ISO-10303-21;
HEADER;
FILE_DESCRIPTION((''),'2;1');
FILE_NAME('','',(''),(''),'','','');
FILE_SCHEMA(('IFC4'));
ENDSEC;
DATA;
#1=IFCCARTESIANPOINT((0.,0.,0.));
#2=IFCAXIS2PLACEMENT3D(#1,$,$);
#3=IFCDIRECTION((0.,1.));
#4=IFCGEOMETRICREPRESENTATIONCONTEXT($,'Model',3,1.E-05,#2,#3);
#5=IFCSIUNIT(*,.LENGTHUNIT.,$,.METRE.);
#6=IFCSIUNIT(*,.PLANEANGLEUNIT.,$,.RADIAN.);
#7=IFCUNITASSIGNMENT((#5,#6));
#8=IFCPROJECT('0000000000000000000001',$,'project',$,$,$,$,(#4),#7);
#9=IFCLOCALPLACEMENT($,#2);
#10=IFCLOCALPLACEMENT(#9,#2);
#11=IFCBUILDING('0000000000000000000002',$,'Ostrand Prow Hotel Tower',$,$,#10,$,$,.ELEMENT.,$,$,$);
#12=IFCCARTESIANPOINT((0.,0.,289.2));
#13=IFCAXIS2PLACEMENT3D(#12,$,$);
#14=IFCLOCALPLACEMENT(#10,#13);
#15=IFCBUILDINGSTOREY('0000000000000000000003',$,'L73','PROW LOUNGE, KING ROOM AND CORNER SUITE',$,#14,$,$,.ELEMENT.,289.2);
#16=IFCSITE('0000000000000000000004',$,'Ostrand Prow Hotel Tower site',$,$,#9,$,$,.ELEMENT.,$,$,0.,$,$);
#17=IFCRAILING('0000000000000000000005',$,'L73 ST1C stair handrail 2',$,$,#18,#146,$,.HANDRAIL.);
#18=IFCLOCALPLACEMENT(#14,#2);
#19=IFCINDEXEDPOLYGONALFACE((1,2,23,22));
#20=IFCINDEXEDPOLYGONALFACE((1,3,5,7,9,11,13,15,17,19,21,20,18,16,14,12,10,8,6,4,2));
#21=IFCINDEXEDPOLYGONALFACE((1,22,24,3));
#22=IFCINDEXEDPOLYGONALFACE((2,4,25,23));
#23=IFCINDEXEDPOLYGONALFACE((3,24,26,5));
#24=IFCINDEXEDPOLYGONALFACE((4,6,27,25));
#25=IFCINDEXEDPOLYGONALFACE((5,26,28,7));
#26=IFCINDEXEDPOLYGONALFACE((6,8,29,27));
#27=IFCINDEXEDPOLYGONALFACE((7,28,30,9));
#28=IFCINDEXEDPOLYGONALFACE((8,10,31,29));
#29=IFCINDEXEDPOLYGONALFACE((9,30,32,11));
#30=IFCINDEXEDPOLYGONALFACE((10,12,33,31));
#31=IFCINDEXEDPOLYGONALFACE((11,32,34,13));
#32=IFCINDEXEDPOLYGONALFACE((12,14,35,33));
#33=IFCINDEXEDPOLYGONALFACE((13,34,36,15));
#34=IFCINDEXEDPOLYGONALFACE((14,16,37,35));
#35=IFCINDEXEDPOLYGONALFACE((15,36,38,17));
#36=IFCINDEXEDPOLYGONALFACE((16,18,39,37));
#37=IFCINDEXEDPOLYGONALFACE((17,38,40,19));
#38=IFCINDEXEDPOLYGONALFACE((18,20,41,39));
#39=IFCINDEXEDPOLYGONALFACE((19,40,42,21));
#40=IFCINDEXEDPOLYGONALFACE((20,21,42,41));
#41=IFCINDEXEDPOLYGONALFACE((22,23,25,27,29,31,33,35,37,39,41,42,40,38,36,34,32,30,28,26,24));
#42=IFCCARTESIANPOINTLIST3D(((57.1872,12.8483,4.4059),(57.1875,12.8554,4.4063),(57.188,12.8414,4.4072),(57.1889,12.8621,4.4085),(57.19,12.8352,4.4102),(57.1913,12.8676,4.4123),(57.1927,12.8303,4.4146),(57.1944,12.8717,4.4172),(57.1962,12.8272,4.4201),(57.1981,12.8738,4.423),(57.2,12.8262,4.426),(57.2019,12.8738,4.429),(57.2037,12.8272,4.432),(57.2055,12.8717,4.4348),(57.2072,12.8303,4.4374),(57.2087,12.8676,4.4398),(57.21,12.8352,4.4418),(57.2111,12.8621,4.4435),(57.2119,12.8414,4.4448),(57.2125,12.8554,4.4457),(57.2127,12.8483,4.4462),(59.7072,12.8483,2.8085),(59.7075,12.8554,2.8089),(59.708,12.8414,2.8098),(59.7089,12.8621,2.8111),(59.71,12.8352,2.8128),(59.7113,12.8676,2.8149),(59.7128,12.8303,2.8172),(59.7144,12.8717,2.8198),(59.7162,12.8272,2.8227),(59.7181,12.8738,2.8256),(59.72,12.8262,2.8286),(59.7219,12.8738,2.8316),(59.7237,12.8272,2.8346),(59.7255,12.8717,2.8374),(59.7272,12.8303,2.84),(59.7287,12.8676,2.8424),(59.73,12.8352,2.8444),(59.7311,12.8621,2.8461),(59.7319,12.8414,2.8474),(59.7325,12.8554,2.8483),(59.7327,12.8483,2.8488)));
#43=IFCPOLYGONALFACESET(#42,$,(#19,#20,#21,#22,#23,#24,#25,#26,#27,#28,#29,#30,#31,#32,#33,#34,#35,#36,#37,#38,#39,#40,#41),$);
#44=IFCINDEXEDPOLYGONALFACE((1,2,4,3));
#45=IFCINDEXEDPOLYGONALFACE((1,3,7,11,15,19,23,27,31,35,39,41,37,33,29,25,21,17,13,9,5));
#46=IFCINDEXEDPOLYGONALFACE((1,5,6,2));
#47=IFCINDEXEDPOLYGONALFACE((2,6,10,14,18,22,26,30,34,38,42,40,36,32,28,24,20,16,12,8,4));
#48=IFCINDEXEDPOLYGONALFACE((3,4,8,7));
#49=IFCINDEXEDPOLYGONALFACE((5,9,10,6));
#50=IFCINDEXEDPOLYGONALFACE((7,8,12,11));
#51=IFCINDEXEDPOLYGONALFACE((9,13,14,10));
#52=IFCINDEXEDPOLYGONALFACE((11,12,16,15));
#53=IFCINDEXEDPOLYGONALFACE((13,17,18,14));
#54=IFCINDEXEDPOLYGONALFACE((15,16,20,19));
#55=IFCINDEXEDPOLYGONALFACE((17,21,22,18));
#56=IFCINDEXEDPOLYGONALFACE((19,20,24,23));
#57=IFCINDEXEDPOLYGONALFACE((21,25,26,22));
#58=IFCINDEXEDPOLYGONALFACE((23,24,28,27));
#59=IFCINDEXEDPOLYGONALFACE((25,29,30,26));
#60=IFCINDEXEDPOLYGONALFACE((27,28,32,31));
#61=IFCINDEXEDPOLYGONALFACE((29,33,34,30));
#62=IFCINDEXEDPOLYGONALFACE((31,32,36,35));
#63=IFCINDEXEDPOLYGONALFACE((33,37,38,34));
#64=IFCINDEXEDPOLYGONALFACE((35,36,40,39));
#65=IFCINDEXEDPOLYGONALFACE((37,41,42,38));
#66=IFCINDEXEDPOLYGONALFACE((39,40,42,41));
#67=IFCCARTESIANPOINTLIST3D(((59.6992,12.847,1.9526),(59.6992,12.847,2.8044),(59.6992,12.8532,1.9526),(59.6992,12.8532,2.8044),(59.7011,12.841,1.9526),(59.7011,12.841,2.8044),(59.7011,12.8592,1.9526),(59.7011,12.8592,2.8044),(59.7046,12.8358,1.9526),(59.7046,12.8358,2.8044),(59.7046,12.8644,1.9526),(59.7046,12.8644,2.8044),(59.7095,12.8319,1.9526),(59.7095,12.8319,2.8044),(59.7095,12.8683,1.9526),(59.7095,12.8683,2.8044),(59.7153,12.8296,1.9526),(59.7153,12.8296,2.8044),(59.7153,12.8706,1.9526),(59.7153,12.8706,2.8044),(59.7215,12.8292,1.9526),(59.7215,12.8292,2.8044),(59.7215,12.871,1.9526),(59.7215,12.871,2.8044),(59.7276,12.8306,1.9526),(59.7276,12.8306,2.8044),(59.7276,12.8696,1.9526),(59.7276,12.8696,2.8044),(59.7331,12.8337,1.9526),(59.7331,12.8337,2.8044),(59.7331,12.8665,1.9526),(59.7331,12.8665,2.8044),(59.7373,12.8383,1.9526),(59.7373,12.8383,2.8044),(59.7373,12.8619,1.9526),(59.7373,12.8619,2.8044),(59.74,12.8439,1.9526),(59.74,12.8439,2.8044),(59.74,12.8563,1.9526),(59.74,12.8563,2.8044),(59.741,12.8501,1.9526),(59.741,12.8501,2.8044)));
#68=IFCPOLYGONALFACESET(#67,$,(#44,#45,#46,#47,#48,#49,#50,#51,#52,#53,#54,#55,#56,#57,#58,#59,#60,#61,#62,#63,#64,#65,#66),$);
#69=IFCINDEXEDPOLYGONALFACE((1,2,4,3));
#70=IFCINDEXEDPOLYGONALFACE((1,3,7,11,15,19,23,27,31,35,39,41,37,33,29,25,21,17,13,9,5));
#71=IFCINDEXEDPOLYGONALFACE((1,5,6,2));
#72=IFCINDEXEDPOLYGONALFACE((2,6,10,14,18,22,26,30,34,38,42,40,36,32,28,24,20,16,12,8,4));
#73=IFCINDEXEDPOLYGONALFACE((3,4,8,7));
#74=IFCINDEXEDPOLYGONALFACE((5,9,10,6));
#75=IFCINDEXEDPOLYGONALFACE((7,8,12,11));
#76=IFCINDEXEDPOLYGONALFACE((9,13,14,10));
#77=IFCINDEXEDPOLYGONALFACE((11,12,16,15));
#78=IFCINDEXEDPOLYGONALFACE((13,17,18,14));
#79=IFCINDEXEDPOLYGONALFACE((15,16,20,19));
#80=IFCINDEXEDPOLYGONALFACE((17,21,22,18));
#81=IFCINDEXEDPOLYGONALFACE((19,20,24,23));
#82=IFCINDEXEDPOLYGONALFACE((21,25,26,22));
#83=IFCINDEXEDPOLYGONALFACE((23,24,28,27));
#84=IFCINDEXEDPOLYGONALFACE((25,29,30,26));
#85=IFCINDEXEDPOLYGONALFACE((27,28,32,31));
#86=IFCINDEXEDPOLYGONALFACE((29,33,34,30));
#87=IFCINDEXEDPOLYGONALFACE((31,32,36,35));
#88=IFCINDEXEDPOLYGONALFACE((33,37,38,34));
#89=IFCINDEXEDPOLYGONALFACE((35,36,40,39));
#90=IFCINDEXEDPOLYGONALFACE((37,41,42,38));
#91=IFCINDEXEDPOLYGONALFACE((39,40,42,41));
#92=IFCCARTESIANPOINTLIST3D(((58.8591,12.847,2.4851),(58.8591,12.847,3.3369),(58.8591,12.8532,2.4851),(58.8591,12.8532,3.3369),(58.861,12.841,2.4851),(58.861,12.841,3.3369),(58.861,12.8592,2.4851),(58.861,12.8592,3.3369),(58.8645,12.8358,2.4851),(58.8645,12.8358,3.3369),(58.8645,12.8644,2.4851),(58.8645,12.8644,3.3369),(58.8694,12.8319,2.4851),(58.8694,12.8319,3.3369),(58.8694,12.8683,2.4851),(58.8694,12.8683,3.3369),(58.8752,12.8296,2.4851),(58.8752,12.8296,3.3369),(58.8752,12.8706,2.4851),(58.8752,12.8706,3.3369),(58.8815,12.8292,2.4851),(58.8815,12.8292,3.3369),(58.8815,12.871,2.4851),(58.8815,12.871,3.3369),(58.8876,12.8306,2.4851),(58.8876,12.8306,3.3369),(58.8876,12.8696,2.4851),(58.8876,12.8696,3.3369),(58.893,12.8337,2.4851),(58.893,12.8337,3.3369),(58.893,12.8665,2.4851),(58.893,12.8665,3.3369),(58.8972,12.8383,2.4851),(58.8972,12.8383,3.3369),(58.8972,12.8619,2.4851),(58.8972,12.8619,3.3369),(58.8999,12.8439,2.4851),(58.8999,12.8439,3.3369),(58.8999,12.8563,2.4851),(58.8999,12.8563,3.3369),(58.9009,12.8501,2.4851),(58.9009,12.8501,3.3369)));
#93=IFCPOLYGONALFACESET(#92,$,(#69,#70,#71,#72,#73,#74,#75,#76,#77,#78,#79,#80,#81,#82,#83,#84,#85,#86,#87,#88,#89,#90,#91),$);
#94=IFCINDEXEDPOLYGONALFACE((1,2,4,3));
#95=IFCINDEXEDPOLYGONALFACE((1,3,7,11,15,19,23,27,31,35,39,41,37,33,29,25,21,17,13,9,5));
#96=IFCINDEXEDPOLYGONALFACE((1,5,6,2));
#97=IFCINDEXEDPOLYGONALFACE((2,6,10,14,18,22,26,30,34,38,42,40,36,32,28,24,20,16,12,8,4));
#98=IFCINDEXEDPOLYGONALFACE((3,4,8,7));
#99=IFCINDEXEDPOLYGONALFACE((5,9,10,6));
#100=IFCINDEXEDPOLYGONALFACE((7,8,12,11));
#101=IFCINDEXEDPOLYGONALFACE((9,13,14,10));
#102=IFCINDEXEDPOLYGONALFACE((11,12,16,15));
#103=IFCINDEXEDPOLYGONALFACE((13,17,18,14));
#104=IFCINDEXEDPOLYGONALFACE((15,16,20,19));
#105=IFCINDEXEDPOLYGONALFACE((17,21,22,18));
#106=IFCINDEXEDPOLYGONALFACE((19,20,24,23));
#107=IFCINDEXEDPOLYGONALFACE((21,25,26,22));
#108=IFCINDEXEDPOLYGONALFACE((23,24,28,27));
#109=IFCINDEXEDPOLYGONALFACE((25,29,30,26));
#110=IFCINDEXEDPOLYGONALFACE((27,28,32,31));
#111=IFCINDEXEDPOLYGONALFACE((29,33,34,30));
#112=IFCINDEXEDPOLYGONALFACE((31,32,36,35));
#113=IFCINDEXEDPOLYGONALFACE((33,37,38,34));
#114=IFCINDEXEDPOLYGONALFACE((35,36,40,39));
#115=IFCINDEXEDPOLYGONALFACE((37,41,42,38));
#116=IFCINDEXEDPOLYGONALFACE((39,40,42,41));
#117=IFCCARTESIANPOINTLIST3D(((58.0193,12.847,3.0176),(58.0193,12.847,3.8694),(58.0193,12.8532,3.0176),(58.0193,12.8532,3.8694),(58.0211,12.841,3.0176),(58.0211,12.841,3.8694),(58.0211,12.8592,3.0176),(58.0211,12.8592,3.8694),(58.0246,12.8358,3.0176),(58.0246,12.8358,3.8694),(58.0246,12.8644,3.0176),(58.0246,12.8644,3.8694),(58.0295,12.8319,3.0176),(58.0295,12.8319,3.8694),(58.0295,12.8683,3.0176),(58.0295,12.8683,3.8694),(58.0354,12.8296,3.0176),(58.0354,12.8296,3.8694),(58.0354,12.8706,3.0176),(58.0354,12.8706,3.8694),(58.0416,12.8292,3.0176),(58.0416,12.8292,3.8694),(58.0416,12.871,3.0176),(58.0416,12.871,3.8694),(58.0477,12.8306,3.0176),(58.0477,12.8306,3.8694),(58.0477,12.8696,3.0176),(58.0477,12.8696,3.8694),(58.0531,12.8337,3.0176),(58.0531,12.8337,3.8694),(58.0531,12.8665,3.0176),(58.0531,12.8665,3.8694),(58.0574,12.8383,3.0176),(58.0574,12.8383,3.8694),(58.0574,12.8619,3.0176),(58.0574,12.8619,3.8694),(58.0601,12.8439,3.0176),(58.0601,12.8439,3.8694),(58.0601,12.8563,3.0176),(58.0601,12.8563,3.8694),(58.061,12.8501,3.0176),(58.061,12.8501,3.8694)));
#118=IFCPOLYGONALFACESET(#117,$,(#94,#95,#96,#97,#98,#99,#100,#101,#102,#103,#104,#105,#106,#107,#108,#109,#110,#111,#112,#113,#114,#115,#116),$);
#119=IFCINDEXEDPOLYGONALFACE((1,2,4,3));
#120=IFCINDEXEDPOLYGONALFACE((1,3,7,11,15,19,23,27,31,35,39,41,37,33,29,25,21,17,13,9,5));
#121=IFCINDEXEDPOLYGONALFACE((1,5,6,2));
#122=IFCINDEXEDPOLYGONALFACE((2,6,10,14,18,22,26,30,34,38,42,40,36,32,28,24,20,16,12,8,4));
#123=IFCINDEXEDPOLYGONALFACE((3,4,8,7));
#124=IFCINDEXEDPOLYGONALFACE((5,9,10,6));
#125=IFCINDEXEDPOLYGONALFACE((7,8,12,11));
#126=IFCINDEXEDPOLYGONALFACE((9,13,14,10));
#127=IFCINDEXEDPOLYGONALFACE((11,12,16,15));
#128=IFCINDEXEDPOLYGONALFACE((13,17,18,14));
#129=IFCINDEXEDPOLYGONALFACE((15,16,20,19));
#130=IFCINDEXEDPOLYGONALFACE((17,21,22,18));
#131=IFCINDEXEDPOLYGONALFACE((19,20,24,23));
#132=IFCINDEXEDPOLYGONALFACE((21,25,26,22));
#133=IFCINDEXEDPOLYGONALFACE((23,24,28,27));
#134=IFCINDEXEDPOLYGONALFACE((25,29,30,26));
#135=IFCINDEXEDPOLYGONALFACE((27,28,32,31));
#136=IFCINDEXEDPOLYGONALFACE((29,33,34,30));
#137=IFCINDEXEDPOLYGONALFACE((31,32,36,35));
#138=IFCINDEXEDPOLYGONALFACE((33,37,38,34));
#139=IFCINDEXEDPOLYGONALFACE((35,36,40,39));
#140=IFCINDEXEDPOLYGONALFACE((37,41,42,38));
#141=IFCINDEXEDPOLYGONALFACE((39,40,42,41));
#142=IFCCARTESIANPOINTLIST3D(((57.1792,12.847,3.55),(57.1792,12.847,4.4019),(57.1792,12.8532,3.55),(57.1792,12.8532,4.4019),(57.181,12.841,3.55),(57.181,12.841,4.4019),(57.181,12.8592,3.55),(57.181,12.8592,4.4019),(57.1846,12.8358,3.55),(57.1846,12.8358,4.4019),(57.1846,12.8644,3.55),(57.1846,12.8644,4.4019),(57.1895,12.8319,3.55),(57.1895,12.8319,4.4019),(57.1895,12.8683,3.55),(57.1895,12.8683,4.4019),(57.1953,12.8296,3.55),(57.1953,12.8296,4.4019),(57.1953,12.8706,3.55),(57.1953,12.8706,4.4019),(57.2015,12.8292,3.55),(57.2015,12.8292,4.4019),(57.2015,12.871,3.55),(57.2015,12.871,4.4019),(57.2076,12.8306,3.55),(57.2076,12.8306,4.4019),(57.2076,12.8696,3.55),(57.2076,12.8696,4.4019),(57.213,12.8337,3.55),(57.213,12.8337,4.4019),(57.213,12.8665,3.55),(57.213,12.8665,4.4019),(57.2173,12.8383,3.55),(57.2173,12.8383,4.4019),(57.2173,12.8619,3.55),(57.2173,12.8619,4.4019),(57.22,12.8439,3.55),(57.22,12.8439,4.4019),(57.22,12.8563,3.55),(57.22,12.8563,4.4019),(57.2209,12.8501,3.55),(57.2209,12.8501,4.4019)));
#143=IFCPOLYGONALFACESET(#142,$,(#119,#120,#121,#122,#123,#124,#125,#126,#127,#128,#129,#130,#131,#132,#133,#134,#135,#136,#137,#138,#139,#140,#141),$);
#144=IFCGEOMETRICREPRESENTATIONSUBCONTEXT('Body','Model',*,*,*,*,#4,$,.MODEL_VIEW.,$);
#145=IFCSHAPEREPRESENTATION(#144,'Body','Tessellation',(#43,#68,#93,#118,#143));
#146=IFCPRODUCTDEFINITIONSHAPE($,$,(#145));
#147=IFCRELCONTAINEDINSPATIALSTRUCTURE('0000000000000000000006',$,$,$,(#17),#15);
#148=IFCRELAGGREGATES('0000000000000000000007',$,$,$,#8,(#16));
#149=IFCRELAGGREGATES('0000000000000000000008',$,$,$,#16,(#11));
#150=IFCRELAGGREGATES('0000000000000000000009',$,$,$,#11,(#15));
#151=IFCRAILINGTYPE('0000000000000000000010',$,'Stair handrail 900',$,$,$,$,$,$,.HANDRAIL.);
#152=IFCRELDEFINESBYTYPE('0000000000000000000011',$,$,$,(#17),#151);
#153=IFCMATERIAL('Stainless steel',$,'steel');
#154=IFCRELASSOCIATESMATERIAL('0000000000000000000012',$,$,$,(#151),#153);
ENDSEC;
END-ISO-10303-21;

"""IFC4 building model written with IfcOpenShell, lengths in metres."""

from ifc_helpers import new_model, si_unit, direction, frame, origin, origin_2d, place, context, subcontext, project, spatial, circle, extrude, material, type_object, element, save


model = new_model("IFC4")

# Units and contexts
model_context = context("Model", 3, precision=1e-05, world=origin(), true_north=direction((0.0, 1.0)))
body_context = subcontext(model_context, "Body", "Model", "MODEL_VIEW")
ifc_project = project(units=[si_unit("LENGTHUNIT", "METRE"), si_unit("PLANEANGLEUNIT", "RADIAN")], contexts=[model_context])

# Site, building, storey
site_placement = place(None, origin())
site = spatial("IfcSite", under=ifc_project, at=site_placement, Name="Ostrand Prow Hotel Tower site", CompositionType="ELEMENT", RefElevation=0.0)
building_placement = place(site_placement, origin())
building = spatial("IfcBuilding", under=site, at=building_placement, Name="Ostrand Prow Hotel Tower", CompositionType="ELEMENT")
storey_placement = place(building_placement, frame((0.0, 0.0, 289.2)))
storey = spatial("IfcBuildingStorey", under=building, at=storey_placement, Name="L73", Description="PROW LOUNGE, KING ROOM AND CORNER SUITE", CompositionType="ELEMENT", Elevation=289.2)

# Railing
ifc_material_1 = material(Name="Stainless steel", Category="steel")
railing_type_1 = type_object("IfcRailingType", Name="Stair handrail 900", PredefinedType="HANDRAIL", material=ifc_material_1)
railing_1_placement = place(storey_placement, frame((59.72, 12.8501, 1.9526)))
element("IfcRailing", 1, at=railing_1_placement, inside=storey, type_object=railing_type_1, Name="L73 ST1C stair handrail 2", PredefinedType="HANDRAIL", context=body_context, shape_type="SweptSolid", body=[
    extrude(circle(Radius=0.0239, at=origin_2d()), frame((0.0, 0.0, 0.876), z_axis=(-0.844607, 0.0, 0.535387), x_axis=(0.0, -1.0, 0.0)), (0.0, 0.0, 1.0), 2.9836),
    extrude(circle(Radius=0.021, at=origin_2d()), origin(), (0.0, 0.0, 1.0), 0.8518),
    extrude(circle(Radius=0.021, at=origin_2d()), frame((-0.8401, 0.0, 0.5325)), (0.0, 0.0, 1.0), 0.8518),
    extrude(circle(Radius=0.021, at=origin_2d()), frame((-1.6799, 0.0, 1.0649)), (0.0, 0.0, 1.0), 0.8518),
    extrude(circle(Radius=0.021, at=origin_2d()), frame((-2.52, 0.0, 1.5974)), (0.0, 0.0, 1.0), 0.8518),
])

save(model, "model.ifc")
